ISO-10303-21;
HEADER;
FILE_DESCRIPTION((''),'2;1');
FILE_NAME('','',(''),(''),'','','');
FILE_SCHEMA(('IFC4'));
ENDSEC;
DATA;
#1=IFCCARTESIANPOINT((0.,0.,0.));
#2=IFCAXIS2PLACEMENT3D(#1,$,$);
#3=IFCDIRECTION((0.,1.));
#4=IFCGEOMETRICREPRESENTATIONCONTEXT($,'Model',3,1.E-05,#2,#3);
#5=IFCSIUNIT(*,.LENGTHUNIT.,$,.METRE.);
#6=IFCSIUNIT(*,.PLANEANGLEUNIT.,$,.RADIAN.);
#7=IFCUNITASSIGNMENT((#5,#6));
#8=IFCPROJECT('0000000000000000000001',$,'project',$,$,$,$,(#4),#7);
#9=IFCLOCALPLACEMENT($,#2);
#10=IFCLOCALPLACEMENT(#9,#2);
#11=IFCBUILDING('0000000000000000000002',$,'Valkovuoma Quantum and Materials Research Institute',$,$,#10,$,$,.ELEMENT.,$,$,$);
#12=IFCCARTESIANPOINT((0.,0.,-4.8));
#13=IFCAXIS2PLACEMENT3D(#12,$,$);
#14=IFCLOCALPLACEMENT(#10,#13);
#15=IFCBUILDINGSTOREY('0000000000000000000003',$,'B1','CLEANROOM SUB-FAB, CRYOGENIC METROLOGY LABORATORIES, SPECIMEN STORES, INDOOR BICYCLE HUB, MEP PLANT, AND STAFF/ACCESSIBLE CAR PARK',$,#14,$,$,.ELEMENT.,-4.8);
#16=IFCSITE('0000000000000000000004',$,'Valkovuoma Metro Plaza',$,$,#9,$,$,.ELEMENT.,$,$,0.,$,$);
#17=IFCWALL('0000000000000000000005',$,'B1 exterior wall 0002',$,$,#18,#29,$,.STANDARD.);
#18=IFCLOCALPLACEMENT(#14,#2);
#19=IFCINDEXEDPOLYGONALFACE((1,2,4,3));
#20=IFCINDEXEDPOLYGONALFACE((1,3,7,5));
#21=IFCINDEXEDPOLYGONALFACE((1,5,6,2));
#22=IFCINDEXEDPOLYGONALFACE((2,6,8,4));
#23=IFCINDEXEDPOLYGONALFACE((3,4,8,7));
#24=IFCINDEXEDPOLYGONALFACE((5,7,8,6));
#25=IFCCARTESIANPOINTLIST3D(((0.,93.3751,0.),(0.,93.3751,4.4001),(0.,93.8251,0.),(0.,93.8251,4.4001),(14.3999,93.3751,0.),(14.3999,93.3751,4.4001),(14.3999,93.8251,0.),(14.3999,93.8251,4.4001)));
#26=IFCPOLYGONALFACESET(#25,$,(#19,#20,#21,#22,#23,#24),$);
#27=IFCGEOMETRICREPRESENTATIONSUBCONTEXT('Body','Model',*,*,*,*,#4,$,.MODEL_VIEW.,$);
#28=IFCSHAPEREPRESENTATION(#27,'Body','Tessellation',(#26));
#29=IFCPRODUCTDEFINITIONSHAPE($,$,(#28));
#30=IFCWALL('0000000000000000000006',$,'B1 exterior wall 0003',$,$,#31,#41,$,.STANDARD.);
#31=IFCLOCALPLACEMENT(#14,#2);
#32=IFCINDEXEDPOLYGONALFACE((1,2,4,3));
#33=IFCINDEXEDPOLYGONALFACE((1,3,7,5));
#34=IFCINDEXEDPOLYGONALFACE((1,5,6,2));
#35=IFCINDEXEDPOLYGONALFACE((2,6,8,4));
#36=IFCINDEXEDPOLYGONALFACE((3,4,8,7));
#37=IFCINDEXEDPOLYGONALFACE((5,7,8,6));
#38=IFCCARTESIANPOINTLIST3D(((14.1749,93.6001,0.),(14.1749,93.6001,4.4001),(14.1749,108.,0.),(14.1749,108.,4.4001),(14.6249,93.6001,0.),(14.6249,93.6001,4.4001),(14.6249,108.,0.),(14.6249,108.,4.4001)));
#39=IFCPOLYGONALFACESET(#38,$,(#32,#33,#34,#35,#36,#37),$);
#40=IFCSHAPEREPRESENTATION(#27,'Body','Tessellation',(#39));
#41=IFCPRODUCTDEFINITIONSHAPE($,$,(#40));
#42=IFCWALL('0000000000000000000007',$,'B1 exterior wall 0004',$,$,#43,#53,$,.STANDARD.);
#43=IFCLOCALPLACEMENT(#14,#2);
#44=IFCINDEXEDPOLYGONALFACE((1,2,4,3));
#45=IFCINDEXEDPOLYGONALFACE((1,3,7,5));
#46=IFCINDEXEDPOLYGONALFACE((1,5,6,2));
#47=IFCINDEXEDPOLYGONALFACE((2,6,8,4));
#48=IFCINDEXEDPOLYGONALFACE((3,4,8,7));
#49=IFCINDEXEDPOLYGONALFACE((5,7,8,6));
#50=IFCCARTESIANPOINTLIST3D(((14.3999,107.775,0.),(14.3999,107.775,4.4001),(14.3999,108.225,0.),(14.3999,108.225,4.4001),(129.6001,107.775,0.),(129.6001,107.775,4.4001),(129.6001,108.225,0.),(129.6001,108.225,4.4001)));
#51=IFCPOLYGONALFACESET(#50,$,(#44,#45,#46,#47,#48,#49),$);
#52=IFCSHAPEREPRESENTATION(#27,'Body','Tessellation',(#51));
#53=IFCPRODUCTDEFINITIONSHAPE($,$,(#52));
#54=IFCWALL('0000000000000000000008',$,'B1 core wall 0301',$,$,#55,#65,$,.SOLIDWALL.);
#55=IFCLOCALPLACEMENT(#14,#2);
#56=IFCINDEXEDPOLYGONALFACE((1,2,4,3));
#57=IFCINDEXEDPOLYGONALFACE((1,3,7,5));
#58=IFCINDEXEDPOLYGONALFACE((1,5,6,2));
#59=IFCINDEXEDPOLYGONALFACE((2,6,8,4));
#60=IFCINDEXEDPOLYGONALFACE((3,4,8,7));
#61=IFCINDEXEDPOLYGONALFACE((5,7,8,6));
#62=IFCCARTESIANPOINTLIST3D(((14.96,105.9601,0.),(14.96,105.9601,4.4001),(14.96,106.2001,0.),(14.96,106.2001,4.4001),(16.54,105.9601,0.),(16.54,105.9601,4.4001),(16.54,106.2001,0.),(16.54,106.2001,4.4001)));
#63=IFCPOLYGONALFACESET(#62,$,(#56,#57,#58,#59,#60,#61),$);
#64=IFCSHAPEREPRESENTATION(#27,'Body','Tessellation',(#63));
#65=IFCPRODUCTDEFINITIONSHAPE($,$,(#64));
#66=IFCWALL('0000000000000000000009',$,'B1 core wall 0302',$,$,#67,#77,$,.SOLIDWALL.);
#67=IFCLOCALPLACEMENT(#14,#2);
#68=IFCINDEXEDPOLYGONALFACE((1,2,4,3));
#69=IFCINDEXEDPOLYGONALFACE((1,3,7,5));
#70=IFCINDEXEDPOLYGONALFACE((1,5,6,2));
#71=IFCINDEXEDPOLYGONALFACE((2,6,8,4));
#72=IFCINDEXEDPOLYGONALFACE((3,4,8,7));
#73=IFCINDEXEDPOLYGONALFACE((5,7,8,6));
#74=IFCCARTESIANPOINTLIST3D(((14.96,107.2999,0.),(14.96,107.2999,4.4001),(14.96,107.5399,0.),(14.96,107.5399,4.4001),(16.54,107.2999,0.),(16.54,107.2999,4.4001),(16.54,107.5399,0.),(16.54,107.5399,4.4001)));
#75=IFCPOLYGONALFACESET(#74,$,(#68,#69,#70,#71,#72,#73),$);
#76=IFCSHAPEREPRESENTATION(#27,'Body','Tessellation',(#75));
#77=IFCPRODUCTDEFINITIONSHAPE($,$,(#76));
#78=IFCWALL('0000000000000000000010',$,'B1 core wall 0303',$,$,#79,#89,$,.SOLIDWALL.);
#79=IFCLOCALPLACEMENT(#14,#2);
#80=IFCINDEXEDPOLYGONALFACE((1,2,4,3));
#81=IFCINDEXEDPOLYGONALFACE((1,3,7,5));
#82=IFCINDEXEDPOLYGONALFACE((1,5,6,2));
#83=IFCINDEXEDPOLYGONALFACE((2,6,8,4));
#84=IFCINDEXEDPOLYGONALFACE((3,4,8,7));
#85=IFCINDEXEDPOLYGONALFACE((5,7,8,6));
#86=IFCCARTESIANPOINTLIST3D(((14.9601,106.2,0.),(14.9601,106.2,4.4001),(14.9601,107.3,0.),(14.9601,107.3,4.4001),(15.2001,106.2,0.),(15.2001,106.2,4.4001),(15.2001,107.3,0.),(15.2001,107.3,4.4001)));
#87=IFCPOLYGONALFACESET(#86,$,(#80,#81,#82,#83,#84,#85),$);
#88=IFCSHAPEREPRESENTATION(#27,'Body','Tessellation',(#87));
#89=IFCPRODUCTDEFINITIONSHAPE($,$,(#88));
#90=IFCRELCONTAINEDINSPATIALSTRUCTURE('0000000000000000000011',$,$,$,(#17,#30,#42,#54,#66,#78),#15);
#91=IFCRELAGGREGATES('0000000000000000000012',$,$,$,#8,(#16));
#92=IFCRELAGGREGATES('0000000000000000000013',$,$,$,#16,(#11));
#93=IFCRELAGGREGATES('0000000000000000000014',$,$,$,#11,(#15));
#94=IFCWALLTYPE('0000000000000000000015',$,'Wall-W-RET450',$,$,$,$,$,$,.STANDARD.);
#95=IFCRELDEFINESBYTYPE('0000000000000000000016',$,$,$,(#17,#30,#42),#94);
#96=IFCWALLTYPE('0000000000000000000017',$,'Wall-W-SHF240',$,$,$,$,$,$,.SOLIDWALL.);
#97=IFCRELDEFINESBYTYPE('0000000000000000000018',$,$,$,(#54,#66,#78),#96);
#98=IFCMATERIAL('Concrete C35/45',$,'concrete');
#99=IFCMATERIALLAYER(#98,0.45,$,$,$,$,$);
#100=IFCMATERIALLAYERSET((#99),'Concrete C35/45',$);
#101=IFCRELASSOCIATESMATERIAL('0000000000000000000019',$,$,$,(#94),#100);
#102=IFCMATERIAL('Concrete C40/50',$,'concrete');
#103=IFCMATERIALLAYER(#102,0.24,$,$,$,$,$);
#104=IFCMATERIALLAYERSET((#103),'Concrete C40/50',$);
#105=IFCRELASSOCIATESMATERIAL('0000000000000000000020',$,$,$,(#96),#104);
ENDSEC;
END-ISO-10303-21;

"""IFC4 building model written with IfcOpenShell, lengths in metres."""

from ifc_helpers import new_model, si_unit, direction, frame, frame_2d, origin, place, context, subcontext, project, spatial, rectangle, extrude, material, layer, layer_set, type_object, element, save


model = new_model("IFC4")

# Units and contexts
model_context = context("Model", 3, precision=1e-05, world=origin(), true_north=direction((0.0, 1.0)))
body_context = subcontext(model_context, "Body", "Model", "MODEL_VIEW")
ifc_project = project(units=[si_unit("LENGTHUNIT", "METRE"), si_unit("PLANEANGLEUNIT", "RADIAN")], contexts=[model_context])

# Site, building, storey
site_placement = place(None, origin())
site = spatial("IfcSite", under=ifc_project, at=site_placement, Name="Valkovuoma Metro Plaza", CompositionType="ELEMENT", RefElevation=0.0)
building_placement = place(site_placement, origin())
building = spatial("IfcBuilding", under=site, at=building_placement, Name="Valkovuoma Quantum and Materials Research Institute", CompositionType="ELEMENT")
storey_placement = place(building_placement, frame((0.0, 0.0, -4.8)))
storey = spatial("IfcBuildingStorey", under=building, at=storey_placement, Name="B1", Description="CLEANROOM SUB-FAB, CRYOGENIC METROLOGY LABORATORIES, SPECIMEN STORES, INDOOR BICYCLE HUB, MEP PLANT, AND STAFF/ACCESSIBLE CAR PARK", CompositionType="ELEMENT", Elevation=-4.8)

# Walls
ifc_material_1 = material(Name="Concrete C35/45", Category="concrete")
ifc_layer_1 = layer(ifc_material_1, 0.45)
ifc_layer_set_1 = layer_set([ifc_layer_1], Name="Concrete C35/45")
wall_type_1 = type_object("IfcWallType", Name="Wall-W-RET450", PredefinedType="STANDARD", material=ifc_layer_set_1)
for number, where, z_axis, x_axis, name in (
    (1, (0.0, 93.6001, 0.0), (0.0, 0.0, 1.0), (1.0, 0.0, 0.0), "B1 exterior wall 0002"),
    (2, (14.3999, 93.6001, 0.0), (0.0, 0.0, 1.0), (0.0, 1.0, 0.0), "B1 exterior wall 0003"),
):
    element("IfcWall", number, at=place(storey_placement, frame(where, z_axis=z_axis, x_axis=x_axis)), inside=storey, type_object=wall_type_1, Name=name, PredefinedType="STANDARD", context=body_context, shape_type="SweptSolid", body=[
        extrude(rectangle(XDim=14.3999, YDim=0.45, at=frame_2d((7.2, 0.0))), origin(), (0.0, 0.0, 1.0), 4.4001),
    ])
wall_1_placement = place(storey_placement, frame((14.3999, 108.0, 0.0), z_axis=(0.0, 0.0, 1.0), x_axis=(1.0, 0.0, 0.0)))
element("IfcWall", 3, at=wall_1_placement, inside=storey, type_object=wall_type_1, Name="B1 exterior wall 0004", PredefinedType="STANDARD", context=body_context, shape_type="SweptSolid", body=[
    extrude(rectangle(XDim=115.2002, YDim=0.45, at=frame_2d((57.6001, 0.0))), origin(), (0.0, 0.0, 1.0), 4.4001),
])
ifc_material_2 = material(Name="Concrete C40/50", Category="concrete")
ifc_layer_2 = layer(ifc_material_2, 0.24)
ifc_layer_set_2 = layer_set([ifc_layer_2], Name="Concrete C40/50")
wall_type_2 = type_object("IfcWallType", Name="Wall-W-SHF240", PredefinedType="SOLIDWALL", material=ifc_layer_set_2)
for number, where, z_axis, x_axis, name in (
    (4, (14.96, 106.0801, 0.0), (0.0, 0.0, 1.0), (1.0, 0.0, 0.0), "B1 core wall 0301"),
    (5, (14.96, 107.4199, 0.0), (0.0, 0.0, 1.0), (1.0, 0.0, 0.0), "B1 core wall 0302"),
):
    element("IfcWall", number, at=place(storey_placement, frame(where, z_axis=z_axis, x_axis=x_axis)), inside=storey, type_object=wall_type_2, Name=name, PredefinedType="SOLIDWALL", context=body_context, shape_type="SweptSolid", body=[
        extrude(rectangle(XDim=1.5801, YDim=0.24, at=frame_2d((0.79, 0.0))), origin(), (0.0, 0.0, 1.0), 4.4001),
    ])
wall_2_placement = place(storey_placement, frame((15.0801, 106.2, 0.0), z_axis=(0.0, 0.0, 1.0), x_axis=(0.0, 1.0, 0.0)))
element("IfcWall", 6, at=wall_2_placement, inside=storey, type_object=wall_type_2, Name="B1 core wall 0303", PredefinedType="SOLIDWALL", context=body_context, shape_type="SweptSolid", body=[
    extrude(rectangle(XDim=1.1001, YDim=0.24, at=frame_2d((0.55, 0.0))), origin(), (0.0, 0.0, 1.0), 4.4001),
])

save(model, "model.ifc")
